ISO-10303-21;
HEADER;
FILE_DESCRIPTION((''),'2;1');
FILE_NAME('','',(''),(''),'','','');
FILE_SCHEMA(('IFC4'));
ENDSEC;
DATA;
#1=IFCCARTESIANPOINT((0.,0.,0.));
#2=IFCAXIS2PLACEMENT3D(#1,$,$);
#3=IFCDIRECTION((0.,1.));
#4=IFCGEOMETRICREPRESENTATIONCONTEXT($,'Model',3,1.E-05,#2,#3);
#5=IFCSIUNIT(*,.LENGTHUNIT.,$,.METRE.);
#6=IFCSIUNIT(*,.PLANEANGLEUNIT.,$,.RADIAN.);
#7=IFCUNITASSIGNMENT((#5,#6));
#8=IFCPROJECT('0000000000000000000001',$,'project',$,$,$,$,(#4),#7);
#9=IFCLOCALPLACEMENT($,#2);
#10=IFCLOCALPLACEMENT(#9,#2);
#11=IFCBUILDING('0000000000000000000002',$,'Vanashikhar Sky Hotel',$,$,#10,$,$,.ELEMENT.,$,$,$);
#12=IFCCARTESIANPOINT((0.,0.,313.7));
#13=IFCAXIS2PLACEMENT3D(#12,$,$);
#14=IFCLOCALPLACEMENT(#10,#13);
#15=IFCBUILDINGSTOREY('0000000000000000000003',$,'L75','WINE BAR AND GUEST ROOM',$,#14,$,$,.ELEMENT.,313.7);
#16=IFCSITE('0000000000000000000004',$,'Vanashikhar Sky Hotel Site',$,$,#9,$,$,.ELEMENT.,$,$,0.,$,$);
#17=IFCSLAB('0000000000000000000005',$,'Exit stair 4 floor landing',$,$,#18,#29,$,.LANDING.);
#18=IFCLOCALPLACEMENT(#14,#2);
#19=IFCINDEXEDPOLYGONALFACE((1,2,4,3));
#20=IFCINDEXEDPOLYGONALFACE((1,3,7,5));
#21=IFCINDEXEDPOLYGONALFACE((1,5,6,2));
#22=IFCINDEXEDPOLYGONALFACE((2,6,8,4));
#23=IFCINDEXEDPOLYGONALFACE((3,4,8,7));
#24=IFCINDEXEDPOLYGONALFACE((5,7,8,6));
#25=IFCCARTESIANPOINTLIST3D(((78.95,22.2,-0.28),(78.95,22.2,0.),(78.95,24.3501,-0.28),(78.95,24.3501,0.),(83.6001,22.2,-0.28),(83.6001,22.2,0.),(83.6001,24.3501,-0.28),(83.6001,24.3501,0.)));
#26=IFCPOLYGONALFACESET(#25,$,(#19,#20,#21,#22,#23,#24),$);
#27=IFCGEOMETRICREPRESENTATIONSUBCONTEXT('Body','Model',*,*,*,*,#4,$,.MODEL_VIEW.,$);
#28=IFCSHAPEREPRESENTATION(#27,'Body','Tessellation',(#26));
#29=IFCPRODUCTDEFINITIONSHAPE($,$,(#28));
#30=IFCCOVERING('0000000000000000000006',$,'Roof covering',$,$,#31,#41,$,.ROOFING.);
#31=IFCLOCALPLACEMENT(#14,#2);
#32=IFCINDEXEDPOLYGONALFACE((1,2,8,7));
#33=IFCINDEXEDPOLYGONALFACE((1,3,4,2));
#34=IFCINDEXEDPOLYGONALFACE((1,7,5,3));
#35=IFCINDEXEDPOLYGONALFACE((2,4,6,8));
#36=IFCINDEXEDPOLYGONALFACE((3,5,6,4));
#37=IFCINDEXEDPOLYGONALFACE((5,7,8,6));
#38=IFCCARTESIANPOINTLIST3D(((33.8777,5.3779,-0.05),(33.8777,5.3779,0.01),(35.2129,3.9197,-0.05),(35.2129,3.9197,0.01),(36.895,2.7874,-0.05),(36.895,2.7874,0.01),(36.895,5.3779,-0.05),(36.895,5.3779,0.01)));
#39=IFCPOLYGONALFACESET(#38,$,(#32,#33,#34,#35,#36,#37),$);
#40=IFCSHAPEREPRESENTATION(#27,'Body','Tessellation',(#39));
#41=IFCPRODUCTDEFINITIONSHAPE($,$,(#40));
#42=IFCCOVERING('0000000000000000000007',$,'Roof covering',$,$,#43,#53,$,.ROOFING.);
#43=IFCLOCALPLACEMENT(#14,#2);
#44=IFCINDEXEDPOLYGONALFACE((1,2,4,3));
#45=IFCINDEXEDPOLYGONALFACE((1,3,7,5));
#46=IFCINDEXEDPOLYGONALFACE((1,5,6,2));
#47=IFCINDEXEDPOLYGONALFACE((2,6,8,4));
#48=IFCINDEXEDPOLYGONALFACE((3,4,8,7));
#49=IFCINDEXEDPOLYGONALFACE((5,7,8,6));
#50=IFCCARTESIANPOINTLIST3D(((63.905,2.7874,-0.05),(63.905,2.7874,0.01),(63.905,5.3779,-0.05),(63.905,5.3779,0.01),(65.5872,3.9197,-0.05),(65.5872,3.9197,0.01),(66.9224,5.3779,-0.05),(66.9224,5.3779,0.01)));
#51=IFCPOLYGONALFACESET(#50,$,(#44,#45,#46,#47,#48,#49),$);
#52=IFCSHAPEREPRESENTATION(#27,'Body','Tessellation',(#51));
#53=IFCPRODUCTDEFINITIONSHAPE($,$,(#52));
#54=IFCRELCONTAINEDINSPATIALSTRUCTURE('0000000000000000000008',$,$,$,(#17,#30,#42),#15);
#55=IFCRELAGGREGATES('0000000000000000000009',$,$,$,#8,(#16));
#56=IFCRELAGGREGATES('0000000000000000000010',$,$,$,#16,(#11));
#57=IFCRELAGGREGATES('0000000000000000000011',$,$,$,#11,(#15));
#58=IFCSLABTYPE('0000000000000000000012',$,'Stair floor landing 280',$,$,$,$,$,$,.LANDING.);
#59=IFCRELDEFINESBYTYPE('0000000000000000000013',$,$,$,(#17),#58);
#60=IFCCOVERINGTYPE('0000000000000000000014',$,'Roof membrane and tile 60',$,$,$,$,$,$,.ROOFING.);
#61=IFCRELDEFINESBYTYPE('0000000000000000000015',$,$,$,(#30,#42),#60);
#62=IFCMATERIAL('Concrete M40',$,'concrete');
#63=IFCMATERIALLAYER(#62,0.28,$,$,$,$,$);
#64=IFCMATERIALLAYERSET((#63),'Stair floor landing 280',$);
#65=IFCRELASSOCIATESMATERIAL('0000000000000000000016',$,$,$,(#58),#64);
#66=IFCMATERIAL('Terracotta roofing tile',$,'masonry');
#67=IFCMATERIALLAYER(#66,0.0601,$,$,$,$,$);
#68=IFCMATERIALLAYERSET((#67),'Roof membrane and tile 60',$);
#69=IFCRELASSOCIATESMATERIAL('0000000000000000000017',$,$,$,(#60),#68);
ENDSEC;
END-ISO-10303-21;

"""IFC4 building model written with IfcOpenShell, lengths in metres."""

from ifc_helpers import new_model, si_unit, direction, frame, origin, place, context, subcontext, project, spatial, polyline, outline, extrude, source, transform, mapped, material, layer, layer_set, type_object, element, save


model = new_model("IFC4")

# Units and contexts
model_context = context("Model", 3, precision=1e-05, world=origin(), true_north=direction((0.0, 1.0)))
body_context = subcontext(model_context, "Body", "Model", "MODEL_VIEW")
ifc_project = project(units=[si_unit("LENGTHUNIT", "METRE"), si_unit("PLANEANGLEUNIT", "RADIAN")], contexts=[model_context])

# Site, building, storey
site_placement = place(None, origin())
site = spatial("IfcSite", under=ifc_project, at=site_placement, Name="Vanashikhar Sky Hotel Site", CompositionType="ELEMENT", RefElevation=0.0)
building_placement = place(site_placement, origin())
building = spatial("IfcBuilding", under=site, at=building_placement, Name="Vanashikhar Sky Hotel", CompositionType="ELEMENT")
storey_placement = place(building_placement, frame((0.0, 0.0, 313.7)))
storey = spatial("IfcBuildingStorey", under=building, at=storey_placement, Name="L75", Description="WINE BAR AND GUEST ROOM", CompositionType="ELEMENT", Elevation=313.7)

# Shared definitions
ifc_material_1 = material(Name="Concrete M40", Category="concrete")

# Shared definitions
ifc_layer_1 = layer(ifc_material_1, 0.28)
ifc_layer_set_1 = layer_set([ifc_layer_1], Name="Stair floor landing 280")
slab_type_1 = type_object("IfcSlabType", Name="Stair floor landing 280", PredefinedType="LANDING", material=ifc_layer_set_1)

# Slab
shared_shape_1 = source(origin(), body_context, "Body", "SweptSolid", [
    extrude(outline(polyline([(83.6001, 22.2), (83.6001, 24.3501), (78.95, 24.3501), (78.95, 22.2), (83.6001, 22.2)])), origin(), (0.0, 0.0, 1.0), 0.28),
])
slab_1_placement = place(storey_placement, frame((0.0, 0.0, -0.28)))
element("IfcSlab", 1, at=slab_1_placement, inside=storey, type_object=slab_type_1, Name="Exit stair 4 floor landing", PredefinedType="LANDING", context=body_context, shape_type="MappedRepresentation", body=[
    mapped(shared_shape_1, transform((0.0, 0.0, 0.0), scale=1.0)),
])

# Coverings
ifc_material_2 = material(Name="Terracotta roofing tile", Category="masonry")
ifc_layer_2 = layer(ifc_material_2, 0.0601)
ifc_layer_set_2 = layer_set([ifc_layer_2], Name="Roof membrane and tile 60")
covering_type = type_object("IfcCoveringType", Name="Roof membrane and tile 60", PredefinedType="ROOFING", material=ifc_layer_set_2)
shared_shape_2 = source(origin(), body_context, "Body", "SweptSolid", [
    extrude(outline(polyline([(36.895, 2.7874), (35.2129, 3.9197), (33.8777, 5.3779), (36.895, 5.3779), (36.895, 2.7874)])), origin(), (0.0, 0.0, 1.0), 0.0601),
])
covering_1_placement = place(storey_placement, frame((0.0, 0.0, -0.05)))
element("IfcCovering", 2, at=covering_1_placement, inside=storey, type_object=covering_type, Name="Roof covering", PredefinedType="ROOFING", context=body_context, shape_type="MappedRepresentation", body=[
    mapped(shared_shape_2, transform((0.0, 0.0, 0.0), scale=1.0)),
])
shared_shape_3 = source(origin(), body_context, "Body", "SweptSolid", [
    extrude(outline(polyline([(66.9224, 5.3779), (65.5872, 3.9197), (63.905, 2.7874), (63.905, 5.3779), (66.9224, 5.3779)])), origin(), (0.0, 0.0, 1.0), 0.0601),
])
covering_2_placement = place(storey_placement, frame((0.0, 0.0, -0.05)))
element("IfcCovering", 3, at=covering_2_placement, inside=storey, type_object=covering_type, Name="Roof covering", PredefinedType="ROOFING", context=body_context, shape_type="MappedRepresentation", body=[
    mapped(shared_shape_3, transform((0.0, 0.0, 0.0), scale=1.0)),
])

save(model, "model.ifc")
